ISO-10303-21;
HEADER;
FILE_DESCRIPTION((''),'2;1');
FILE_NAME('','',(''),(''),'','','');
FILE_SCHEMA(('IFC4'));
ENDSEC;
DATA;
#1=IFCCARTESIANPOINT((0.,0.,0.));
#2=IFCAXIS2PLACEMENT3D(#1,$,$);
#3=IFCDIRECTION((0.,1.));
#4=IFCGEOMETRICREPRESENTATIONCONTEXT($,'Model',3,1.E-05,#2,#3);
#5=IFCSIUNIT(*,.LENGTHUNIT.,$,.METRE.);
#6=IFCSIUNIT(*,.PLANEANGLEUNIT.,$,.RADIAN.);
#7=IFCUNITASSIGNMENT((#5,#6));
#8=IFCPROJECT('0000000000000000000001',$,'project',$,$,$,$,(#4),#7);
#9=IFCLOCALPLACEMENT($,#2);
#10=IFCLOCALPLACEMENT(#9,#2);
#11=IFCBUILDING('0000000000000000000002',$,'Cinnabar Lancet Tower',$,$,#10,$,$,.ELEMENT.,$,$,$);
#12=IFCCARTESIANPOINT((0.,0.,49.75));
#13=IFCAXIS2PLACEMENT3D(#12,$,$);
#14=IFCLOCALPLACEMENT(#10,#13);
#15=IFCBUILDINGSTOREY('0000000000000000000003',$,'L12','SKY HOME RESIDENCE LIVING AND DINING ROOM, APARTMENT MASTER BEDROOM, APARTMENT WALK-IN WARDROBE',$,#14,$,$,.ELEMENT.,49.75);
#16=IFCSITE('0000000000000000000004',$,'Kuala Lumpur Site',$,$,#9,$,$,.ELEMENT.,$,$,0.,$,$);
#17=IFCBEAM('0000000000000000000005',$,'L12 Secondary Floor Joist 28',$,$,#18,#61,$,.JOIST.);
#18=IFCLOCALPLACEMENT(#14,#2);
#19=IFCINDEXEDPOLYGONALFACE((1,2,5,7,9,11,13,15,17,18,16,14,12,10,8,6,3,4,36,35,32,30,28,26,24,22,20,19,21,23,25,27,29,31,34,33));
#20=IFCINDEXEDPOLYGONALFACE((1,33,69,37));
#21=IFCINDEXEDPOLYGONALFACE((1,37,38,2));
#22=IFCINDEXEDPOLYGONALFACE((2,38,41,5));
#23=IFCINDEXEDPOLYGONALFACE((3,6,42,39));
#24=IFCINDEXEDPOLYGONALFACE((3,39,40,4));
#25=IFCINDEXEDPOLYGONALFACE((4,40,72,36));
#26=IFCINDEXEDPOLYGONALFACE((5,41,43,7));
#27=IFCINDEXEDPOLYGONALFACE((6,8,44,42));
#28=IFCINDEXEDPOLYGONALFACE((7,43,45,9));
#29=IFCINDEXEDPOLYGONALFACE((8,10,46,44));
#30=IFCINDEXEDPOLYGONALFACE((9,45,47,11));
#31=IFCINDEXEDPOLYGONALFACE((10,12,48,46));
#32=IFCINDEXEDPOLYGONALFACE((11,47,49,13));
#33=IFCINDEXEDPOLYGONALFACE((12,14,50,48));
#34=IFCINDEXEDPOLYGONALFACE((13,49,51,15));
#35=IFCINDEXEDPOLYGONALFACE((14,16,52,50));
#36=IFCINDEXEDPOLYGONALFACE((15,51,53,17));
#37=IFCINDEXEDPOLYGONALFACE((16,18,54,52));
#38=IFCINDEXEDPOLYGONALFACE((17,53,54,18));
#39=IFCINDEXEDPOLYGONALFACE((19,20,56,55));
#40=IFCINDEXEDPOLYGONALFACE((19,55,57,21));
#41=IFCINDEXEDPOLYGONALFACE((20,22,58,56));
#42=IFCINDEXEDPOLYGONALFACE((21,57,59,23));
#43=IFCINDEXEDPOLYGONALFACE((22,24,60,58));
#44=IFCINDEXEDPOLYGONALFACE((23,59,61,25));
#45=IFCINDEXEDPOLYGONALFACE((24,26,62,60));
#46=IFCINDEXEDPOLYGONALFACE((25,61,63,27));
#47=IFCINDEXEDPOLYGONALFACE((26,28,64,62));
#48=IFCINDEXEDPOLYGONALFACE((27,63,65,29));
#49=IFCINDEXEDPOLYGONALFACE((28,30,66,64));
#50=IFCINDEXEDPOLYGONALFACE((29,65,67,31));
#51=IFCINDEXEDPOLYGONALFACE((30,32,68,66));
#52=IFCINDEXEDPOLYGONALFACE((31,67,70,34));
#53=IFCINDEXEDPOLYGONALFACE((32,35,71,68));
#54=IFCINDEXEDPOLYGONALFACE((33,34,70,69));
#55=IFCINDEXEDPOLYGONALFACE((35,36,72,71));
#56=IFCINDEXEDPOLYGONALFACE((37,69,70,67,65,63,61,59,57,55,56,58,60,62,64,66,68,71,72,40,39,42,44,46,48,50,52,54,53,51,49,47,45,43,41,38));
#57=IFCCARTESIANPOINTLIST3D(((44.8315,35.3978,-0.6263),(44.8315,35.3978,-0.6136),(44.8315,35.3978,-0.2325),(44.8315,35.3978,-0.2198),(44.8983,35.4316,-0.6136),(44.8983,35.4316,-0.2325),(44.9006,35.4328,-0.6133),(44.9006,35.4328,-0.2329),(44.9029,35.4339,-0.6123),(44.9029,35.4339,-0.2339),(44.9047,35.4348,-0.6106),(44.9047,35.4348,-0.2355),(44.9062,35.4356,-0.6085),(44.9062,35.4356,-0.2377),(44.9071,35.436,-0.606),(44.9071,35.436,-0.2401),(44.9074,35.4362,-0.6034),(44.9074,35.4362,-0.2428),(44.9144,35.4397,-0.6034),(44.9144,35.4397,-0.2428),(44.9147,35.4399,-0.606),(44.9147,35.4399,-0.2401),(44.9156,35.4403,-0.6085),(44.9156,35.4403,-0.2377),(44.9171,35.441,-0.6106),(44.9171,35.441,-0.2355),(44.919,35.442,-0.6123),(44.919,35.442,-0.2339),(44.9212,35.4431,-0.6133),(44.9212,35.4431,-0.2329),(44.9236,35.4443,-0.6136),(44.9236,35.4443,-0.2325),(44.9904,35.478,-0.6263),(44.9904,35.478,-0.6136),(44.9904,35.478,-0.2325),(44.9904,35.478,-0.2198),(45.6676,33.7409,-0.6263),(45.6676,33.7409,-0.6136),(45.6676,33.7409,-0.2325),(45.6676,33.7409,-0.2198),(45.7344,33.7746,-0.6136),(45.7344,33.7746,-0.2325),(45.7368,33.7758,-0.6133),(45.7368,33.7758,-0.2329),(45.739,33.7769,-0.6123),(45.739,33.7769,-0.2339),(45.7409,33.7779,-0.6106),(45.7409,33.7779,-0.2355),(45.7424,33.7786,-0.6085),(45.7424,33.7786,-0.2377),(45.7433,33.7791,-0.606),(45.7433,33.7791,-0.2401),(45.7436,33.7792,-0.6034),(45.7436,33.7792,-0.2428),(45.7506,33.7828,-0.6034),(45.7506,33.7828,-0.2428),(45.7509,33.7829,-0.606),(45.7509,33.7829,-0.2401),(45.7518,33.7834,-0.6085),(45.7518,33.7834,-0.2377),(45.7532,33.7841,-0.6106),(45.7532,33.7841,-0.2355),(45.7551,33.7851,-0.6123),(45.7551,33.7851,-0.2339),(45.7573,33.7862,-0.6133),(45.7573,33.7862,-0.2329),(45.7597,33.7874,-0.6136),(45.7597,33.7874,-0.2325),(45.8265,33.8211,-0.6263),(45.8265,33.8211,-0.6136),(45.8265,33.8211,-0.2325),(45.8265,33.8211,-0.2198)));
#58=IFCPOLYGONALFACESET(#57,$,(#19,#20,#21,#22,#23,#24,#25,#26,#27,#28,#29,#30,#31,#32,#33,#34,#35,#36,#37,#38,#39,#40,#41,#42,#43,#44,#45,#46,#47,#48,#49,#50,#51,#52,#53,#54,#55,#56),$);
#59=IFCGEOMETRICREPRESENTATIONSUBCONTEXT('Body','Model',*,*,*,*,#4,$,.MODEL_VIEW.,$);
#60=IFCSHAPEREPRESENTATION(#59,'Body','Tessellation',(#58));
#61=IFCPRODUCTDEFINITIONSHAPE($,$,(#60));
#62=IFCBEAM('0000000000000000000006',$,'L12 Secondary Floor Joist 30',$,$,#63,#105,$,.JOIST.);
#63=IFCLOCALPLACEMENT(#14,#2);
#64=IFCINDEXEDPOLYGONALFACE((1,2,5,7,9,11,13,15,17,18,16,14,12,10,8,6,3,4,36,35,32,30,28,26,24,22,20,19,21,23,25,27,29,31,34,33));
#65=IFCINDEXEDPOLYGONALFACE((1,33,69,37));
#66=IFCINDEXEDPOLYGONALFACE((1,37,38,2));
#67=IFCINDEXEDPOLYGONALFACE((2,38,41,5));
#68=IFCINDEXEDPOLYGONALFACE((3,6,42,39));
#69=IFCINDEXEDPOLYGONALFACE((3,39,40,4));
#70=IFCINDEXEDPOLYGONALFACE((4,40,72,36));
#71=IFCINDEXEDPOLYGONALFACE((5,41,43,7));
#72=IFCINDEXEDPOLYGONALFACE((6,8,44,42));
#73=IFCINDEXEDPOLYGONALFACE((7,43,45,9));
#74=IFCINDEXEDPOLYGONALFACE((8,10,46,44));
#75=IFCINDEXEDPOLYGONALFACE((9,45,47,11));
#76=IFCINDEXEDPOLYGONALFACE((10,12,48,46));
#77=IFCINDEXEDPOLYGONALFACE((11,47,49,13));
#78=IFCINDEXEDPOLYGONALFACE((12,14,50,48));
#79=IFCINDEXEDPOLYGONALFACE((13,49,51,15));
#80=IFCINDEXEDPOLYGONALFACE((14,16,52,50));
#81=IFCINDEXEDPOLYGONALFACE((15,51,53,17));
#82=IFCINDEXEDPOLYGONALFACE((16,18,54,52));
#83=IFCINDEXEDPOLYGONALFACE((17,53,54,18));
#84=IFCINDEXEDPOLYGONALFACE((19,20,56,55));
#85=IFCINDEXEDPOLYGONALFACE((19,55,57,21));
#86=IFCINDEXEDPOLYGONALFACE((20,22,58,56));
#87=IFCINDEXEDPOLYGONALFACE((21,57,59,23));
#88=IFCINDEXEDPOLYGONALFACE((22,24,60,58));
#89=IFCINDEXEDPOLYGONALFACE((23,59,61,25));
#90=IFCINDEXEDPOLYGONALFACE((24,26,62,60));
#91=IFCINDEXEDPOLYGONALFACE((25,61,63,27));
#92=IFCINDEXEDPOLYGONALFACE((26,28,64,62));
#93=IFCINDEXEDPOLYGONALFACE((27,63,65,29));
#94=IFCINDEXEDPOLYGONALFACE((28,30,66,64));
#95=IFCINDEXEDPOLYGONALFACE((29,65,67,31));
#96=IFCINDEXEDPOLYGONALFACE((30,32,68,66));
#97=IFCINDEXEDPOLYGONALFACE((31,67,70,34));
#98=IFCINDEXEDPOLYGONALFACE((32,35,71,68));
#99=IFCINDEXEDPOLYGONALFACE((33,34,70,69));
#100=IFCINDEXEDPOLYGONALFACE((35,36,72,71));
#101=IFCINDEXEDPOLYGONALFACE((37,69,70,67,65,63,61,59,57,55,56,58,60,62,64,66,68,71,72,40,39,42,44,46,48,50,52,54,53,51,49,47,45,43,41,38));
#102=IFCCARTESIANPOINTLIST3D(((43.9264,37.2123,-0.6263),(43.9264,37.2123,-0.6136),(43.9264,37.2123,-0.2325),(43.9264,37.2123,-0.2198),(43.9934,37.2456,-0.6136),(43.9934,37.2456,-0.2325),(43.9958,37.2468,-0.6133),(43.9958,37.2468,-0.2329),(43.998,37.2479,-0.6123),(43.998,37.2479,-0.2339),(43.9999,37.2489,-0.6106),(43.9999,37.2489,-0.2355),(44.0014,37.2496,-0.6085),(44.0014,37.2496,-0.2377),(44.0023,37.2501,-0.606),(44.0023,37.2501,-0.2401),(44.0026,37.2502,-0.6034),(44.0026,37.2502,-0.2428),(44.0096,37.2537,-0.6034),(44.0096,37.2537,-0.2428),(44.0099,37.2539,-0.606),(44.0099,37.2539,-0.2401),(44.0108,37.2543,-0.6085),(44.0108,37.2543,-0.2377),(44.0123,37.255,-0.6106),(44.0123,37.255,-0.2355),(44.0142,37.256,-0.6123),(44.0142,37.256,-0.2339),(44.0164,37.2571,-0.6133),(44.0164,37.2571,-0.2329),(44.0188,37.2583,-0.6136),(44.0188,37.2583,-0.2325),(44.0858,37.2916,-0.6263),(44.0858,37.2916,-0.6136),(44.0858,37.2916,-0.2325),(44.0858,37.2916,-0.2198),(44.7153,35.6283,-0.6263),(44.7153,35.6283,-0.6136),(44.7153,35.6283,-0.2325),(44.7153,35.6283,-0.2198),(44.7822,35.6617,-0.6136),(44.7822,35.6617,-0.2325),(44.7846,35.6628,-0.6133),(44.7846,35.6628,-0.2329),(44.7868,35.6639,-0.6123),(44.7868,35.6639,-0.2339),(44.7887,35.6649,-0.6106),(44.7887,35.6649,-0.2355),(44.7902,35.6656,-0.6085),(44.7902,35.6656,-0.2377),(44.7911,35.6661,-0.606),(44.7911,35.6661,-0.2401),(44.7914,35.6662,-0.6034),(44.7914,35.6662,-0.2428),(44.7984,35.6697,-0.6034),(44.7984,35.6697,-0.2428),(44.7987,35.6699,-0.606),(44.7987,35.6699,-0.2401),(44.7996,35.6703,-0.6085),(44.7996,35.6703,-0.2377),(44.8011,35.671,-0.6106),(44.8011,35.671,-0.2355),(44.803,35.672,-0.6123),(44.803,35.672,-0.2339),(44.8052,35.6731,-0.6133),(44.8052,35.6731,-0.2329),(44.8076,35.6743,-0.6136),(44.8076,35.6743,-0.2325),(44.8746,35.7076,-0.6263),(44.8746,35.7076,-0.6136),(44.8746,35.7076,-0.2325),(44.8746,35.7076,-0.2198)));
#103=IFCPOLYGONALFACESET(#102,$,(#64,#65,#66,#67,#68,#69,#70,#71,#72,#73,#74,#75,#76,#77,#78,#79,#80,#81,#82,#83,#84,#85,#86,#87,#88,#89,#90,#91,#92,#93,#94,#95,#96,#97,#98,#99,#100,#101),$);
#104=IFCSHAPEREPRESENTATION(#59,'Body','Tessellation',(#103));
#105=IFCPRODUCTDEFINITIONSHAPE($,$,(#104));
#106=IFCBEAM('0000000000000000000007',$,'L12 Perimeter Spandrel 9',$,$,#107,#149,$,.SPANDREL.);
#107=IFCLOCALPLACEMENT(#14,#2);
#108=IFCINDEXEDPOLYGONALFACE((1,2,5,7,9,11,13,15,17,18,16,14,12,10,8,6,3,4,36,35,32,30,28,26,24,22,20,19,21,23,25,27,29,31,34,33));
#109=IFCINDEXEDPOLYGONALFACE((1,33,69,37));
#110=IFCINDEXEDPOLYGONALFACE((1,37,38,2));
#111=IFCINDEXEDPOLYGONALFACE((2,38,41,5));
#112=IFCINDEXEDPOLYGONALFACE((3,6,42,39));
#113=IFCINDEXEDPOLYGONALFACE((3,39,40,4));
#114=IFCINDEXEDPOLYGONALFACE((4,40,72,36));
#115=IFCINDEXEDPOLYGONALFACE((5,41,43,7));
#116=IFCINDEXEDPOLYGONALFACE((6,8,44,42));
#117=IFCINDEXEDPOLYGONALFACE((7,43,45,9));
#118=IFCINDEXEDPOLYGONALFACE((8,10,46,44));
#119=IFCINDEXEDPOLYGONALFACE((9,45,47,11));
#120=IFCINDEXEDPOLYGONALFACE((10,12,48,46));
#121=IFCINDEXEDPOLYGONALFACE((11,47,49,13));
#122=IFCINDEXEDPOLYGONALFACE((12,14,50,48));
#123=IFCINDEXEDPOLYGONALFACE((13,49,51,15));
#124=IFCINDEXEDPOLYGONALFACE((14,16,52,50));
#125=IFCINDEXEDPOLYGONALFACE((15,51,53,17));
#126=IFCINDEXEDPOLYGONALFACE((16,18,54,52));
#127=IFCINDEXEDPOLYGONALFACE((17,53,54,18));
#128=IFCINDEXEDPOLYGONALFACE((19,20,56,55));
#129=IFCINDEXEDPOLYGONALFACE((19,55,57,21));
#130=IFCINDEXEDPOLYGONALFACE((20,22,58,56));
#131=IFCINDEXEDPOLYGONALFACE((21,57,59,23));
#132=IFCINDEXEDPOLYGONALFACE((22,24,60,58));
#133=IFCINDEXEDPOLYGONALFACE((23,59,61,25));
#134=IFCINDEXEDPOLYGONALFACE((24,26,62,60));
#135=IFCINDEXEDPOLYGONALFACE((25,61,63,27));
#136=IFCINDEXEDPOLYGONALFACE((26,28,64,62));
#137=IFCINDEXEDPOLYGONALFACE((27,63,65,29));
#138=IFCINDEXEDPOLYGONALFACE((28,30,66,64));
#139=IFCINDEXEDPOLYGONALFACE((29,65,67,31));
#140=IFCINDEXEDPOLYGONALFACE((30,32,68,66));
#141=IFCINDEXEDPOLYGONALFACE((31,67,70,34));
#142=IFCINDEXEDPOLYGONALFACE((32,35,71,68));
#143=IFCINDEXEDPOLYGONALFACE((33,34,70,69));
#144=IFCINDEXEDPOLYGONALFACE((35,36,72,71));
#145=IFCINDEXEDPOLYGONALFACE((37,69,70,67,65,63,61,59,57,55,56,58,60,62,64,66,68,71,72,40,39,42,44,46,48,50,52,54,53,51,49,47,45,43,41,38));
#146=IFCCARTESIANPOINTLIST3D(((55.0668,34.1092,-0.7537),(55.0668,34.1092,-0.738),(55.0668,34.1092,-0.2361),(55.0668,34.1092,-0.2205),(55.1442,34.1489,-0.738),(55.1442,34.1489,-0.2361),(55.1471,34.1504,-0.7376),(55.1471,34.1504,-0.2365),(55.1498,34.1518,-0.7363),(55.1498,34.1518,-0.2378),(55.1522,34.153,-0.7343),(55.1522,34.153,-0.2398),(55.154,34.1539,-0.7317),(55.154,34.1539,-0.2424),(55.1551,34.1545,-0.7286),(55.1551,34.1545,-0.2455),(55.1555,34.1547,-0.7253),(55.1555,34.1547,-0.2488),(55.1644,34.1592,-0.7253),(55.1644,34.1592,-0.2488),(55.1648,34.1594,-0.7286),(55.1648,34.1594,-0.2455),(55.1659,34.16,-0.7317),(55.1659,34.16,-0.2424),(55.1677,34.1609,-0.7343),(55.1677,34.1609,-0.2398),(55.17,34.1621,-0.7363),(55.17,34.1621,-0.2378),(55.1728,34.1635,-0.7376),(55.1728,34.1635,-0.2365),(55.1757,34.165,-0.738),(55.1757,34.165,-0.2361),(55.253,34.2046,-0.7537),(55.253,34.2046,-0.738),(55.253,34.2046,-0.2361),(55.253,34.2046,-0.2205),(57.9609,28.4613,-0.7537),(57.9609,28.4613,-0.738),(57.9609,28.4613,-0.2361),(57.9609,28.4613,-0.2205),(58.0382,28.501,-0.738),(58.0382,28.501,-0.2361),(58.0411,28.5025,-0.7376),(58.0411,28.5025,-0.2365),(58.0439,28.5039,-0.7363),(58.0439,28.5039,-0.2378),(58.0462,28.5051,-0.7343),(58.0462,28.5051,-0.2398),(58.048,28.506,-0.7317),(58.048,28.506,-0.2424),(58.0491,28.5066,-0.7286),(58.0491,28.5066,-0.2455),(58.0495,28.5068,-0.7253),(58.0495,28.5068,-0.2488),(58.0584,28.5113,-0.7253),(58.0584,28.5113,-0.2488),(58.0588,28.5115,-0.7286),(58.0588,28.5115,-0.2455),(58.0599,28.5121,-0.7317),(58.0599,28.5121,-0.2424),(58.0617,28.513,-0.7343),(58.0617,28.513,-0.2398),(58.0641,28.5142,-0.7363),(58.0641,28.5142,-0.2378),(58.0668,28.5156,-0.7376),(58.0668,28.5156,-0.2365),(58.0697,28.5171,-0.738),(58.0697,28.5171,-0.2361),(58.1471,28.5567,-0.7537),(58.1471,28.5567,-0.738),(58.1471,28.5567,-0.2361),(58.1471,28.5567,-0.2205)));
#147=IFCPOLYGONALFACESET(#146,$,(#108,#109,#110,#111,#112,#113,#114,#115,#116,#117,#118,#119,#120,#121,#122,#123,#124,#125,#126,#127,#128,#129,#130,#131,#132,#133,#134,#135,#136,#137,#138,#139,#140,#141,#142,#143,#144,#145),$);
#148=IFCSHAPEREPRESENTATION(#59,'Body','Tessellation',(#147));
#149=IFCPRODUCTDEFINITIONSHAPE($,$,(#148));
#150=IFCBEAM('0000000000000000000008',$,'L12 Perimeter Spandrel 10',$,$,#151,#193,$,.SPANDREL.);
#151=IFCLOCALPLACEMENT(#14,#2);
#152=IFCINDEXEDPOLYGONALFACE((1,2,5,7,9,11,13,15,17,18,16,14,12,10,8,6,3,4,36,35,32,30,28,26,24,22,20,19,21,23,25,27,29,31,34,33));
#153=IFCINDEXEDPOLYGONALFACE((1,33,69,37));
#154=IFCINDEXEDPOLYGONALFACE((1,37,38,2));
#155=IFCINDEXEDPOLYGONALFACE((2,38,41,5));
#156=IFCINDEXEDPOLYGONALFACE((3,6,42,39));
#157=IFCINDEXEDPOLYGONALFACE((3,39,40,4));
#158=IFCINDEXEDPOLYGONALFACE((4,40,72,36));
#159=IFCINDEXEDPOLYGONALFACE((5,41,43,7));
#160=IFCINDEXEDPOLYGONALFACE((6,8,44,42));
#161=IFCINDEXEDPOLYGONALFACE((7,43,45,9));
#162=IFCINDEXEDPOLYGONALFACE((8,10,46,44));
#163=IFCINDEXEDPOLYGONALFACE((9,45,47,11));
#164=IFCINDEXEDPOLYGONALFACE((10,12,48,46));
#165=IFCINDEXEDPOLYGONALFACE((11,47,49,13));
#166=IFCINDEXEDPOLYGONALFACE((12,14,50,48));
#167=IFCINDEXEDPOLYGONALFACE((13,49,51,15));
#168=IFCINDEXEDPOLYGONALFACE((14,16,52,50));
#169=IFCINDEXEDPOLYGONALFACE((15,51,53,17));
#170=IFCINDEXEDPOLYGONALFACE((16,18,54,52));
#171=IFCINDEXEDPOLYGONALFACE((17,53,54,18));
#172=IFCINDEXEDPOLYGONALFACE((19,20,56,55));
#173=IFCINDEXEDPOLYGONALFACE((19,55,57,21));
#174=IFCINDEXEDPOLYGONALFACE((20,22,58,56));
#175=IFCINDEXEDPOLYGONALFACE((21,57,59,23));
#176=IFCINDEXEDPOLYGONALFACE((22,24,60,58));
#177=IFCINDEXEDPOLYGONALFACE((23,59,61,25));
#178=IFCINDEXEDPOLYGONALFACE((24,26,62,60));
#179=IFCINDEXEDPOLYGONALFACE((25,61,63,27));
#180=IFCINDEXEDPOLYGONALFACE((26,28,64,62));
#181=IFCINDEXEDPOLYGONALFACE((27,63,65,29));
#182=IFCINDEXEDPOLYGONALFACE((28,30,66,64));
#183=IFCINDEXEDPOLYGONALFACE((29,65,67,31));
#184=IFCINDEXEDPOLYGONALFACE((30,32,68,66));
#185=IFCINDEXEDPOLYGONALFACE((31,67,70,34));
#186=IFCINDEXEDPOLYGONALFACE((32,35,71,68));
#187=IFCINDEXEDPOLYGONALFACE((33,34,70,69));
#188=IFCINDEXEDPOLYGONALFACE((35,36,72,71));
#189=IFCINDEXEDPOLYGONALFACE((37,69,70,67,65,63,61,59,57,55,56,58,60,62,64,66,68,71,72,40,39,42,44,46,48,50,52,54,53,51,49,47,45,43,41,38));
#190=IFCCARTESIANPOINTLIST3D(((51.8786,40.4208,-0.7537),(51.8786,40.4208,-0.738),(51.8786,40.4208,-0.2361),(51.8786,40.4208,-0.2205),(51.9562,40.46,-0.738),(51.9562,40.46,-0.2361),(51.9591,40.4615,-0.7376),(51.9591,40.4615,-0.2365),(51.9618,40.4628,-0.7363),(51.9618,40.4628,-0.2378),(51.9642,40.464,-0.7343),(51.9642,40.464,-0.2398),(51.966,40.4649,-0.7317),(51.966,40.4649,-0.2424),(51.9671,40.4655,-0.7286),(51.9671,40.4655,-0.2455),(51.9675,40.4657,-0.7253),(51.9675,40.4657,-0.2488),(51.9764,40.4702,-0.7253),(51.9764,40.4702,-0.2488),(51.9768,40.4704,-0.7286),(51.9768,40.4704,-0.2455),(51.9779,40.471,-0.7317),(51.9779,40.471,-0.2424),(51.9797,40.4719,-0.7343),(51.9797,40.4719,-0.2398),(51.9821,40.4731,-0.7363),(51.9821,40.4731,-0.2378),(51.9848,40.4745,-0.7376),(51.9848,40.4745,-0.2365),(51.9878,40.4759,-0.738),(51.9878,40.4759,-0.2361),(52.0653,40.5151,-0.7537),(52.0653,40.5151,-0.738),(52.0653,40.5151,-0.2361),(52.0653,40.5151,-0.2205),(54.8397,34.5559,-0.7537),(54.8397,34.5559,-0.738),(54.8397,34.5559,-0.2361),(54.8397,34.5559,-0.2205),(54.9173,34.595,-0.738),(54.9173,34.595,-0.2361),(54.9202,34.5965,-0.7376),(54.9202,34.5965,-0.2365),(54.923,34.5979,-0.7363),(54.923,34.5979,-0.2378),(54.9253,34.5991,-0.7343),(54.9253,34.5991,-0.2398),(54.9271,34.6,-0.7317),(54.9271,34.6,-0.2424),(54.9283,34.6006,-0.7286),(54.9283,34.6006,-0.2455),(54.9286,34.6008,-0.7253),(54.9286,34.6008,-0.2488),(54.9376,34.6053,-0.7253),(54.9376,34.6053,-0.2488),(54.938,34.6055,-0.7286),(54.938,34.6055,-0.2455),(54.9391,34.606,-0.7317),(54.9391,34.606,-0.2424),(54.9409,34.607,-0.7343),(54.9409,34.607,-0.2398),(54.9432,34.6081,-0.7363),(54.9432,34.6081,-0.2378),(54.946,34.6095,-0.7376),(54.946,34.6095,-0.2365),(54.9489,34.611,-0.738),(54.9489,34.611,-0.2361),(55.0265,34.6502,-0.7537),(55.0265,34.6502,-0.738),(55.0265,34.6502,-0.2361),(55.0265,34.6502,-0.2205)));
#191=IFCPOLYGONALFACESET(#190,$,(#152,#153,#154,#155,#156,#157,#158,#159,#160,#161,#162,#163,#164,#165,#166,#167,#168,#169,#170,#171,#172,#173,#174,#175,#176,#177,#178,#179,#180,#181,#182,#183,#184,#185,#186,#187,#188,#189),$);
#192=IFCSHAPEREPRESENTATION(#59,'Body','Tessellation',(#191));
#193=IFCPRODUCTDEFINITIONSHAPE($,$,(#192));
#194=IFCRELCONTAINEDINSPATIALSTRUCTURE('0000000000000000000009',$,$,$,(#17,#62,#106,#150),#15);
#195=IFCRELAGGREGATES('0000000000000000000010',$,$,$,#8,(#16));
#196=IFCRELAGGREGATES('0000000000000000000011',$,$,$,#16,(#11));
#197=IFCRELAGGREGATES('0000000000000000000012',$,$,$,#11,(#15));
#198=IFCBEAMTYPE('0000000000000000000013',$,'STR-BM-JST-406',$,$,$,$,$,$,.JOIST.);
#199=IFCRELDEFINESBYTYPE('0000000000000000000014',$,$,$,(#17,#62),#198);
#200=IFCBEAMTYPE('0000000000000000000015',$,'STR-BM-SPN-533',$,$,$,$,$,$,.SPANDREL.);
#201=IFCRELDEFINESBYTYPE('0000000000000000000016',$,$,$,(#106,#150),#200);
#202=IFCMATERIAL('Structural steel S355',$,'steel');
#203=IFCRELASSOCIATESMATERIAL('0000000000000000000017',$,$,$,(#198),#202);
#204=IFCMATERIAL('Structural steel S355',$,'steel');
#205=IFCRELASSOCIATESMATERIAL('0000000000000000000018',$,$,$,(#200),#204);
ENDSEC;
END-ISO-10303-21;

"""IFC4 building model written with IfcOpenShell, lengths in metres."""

from ifc_helpers import new_model, si_unit, direction, frame, origin, origin_2d, place, context, subcontext, project, spatial, i_section, extrude, material, material_profile, profile_set, type_object, element, save


model = new_model("IFC4")

# Units and contexts
model_context = context("Model", 3, precision=1e-05, world=origin(), true_north=direction((0.0, 1.0)))
body_context = subcontext(model_context, "Body", "Model", "MODEL_VIEW")
ifc_project = project(units=[si_unit("LENGTHUNIT", "METRE"), si_unit("PLANEANGLEUNIT", "RADIAN")], contexts=[model_context])

# Site, building, storey
site_placement = place(None, origin())
site = spatial("IfcSite", under=ifc_project, at=site_placement, Name="Kuala Lumpur Site", CompositionType="ELEMENT", RefElevation=0.0)
building_placement = place(site_placement, origin())
building = spatial("IfcBuilding", under=site, at=building_placement, Name="Cinnabar Lancet Tower", CompositionType="ELEMENT")
storey_placement = place(building_placement, frame((0.0, 0.0, 49.75)))
storey = spatial("IfcBuildingStorey", under=building, at=storey_placement, Name="L12", Description="SKY HOME RESIDENCE LIVING AND DINING ROOM, APARTMENT MASTER BEDROOM, APARTMENT WALK-IN WARDROBE", CompositionType="ELEMENT", Elevation=49.75)

# Beams
ifc_material_1 = material(Name="Structural steel S355", Category="steel")
ifc_material_profile_1 = material_profile(ifc_material_1, i_section(OverallWidth=0.178, OverallDepth=0.4065, WebThickness=0.0078, FlangeThickness=0.0127, FilletRadius=0.0103, at=origin_2d()), Name="UKB 406x178x60")
ifc_profile_set_1 = profile_set([ifc_material_profile_1], Name="Structural steel S355")
beam_type_1 = type_object("IfcBeamType", Name="STR-BM-JST-406", PredefinedType="JOIST", material=ifc_profile_set_1)
beam_1_placement = place(storey_placement, frame((45.7471, 33.781, -0.4231), z_axis=(-0.450525, 0.892764, 0.0), x_axis=(-0.892764, -0.450525, 0.0)))
element("IfcBeam", 1, at=beam_1_placement, inside=storey, type_object=beam_type_1, Name="L12 Secondary Floor Joist 28", PredefinedType="JOIST", context=body_context, shape_type="SweptSolid", body=[
    extrude(i_section(OverallWidth=0.178, OverallDepth=0.4065, WebThickness=0.0078, FlangeThickness=0.0127, FilletRadius=0.0103, at=origin_2d()), origin(), (0.0, 0.0, 1.0), 1.856),
])
beam_2_placement = place(storey_placement, frame((44.7949, 35.668, -0.4231), z_axis=(-0.445778, 0.895143, 0.0), x_axis=(-0.895143, -0.445778, 0.0)))
element("IfcBeam", 2, at=beam_2_placement, inside=storey, type_object=beam_type_1, Name="L12 Secondary Floor Joist 30", PredefinedType="JOIST", context=body_context, shape_type="SweptSolid", body=[
    extrude(i_section(OverallWidth=0.178, OverallDepth=0.4065, WebThickness=0.0078, FlangeThickness=0.0127, FilletRadius=0.0103, at=origin_2d()), origin(), (0.0, 0.0, 1.0), 1.7695),
])
ifc_material_2 = material(Name="Structural steel S355", Category="steel")
ifc_material_profile_2 = material_profile(ifc_material_2, i_section(OverallWidth=0.2092, OverallDepth=0.5332, WebThickness=0.01, FlangeThickness=0.0156, FilletRadius=0.0127, at=origin_2d()), Name="UKB 533x210x92")
ifc_profile_set_2 = profile_set([ifc_material_profile_2], Name="Structural steel S355")
beam_type_2 = type_object("IfcBeamType", Name="STR-BM-SPN-533", PredefinedType="SPANDREL", material=ifc_profile_set_2)
beam_3_placement = place(storey_placement, frame((58.054, 28.509, -0.4871), z_axis=(-0.456025, 0.889967, 0.0), x_axis=(-0.889967, -0.456025, 0.0)))
element("IfcBeam", 3, at=beam_3_placement, inside=storey, type_object=beam_type_2, Name="L12 Perimeter Spandrel 9", PredefinedType="SPANDREL", context=body_context, shape_type="SweptSolid", body=[
    extrude(i_section(OverallWidth=0.2092, OverallDepth=0.5332, WebThickness=0.01, FlangeThickness=0.0156, FilletRadius=0.0127, at=origin_2d()), origin(), (0.0, 0.0, 1.0), 6.3462),
])
beam_4_placement = place(storey_placement, frame((54.9331, 34.603, -0.4871), z_axis=(-0.450703, 0.892674, 0.0), x_axis=(-0.892674, -0.450703, 0.0)))
element("IfcBeam", 4, at=beam_4_placement, inside=storey, type_object=beam_type_2, Name="L12 Perimeter Spandrel 10", PredefinedType="SPANDREL", context=body_context, shape_type="SweptSolid", body=[
    extrude(i_section(OverallWidth=0.2092, OverallDepth=0.5332, WebThickness=0.01, FlangeThickness=0.0156, FilletRadius=0.0127, at=origin_2d()), origin(), (0.0, 0.0, 1.0), 6.5701),
])

save(model, "model.ifc")
